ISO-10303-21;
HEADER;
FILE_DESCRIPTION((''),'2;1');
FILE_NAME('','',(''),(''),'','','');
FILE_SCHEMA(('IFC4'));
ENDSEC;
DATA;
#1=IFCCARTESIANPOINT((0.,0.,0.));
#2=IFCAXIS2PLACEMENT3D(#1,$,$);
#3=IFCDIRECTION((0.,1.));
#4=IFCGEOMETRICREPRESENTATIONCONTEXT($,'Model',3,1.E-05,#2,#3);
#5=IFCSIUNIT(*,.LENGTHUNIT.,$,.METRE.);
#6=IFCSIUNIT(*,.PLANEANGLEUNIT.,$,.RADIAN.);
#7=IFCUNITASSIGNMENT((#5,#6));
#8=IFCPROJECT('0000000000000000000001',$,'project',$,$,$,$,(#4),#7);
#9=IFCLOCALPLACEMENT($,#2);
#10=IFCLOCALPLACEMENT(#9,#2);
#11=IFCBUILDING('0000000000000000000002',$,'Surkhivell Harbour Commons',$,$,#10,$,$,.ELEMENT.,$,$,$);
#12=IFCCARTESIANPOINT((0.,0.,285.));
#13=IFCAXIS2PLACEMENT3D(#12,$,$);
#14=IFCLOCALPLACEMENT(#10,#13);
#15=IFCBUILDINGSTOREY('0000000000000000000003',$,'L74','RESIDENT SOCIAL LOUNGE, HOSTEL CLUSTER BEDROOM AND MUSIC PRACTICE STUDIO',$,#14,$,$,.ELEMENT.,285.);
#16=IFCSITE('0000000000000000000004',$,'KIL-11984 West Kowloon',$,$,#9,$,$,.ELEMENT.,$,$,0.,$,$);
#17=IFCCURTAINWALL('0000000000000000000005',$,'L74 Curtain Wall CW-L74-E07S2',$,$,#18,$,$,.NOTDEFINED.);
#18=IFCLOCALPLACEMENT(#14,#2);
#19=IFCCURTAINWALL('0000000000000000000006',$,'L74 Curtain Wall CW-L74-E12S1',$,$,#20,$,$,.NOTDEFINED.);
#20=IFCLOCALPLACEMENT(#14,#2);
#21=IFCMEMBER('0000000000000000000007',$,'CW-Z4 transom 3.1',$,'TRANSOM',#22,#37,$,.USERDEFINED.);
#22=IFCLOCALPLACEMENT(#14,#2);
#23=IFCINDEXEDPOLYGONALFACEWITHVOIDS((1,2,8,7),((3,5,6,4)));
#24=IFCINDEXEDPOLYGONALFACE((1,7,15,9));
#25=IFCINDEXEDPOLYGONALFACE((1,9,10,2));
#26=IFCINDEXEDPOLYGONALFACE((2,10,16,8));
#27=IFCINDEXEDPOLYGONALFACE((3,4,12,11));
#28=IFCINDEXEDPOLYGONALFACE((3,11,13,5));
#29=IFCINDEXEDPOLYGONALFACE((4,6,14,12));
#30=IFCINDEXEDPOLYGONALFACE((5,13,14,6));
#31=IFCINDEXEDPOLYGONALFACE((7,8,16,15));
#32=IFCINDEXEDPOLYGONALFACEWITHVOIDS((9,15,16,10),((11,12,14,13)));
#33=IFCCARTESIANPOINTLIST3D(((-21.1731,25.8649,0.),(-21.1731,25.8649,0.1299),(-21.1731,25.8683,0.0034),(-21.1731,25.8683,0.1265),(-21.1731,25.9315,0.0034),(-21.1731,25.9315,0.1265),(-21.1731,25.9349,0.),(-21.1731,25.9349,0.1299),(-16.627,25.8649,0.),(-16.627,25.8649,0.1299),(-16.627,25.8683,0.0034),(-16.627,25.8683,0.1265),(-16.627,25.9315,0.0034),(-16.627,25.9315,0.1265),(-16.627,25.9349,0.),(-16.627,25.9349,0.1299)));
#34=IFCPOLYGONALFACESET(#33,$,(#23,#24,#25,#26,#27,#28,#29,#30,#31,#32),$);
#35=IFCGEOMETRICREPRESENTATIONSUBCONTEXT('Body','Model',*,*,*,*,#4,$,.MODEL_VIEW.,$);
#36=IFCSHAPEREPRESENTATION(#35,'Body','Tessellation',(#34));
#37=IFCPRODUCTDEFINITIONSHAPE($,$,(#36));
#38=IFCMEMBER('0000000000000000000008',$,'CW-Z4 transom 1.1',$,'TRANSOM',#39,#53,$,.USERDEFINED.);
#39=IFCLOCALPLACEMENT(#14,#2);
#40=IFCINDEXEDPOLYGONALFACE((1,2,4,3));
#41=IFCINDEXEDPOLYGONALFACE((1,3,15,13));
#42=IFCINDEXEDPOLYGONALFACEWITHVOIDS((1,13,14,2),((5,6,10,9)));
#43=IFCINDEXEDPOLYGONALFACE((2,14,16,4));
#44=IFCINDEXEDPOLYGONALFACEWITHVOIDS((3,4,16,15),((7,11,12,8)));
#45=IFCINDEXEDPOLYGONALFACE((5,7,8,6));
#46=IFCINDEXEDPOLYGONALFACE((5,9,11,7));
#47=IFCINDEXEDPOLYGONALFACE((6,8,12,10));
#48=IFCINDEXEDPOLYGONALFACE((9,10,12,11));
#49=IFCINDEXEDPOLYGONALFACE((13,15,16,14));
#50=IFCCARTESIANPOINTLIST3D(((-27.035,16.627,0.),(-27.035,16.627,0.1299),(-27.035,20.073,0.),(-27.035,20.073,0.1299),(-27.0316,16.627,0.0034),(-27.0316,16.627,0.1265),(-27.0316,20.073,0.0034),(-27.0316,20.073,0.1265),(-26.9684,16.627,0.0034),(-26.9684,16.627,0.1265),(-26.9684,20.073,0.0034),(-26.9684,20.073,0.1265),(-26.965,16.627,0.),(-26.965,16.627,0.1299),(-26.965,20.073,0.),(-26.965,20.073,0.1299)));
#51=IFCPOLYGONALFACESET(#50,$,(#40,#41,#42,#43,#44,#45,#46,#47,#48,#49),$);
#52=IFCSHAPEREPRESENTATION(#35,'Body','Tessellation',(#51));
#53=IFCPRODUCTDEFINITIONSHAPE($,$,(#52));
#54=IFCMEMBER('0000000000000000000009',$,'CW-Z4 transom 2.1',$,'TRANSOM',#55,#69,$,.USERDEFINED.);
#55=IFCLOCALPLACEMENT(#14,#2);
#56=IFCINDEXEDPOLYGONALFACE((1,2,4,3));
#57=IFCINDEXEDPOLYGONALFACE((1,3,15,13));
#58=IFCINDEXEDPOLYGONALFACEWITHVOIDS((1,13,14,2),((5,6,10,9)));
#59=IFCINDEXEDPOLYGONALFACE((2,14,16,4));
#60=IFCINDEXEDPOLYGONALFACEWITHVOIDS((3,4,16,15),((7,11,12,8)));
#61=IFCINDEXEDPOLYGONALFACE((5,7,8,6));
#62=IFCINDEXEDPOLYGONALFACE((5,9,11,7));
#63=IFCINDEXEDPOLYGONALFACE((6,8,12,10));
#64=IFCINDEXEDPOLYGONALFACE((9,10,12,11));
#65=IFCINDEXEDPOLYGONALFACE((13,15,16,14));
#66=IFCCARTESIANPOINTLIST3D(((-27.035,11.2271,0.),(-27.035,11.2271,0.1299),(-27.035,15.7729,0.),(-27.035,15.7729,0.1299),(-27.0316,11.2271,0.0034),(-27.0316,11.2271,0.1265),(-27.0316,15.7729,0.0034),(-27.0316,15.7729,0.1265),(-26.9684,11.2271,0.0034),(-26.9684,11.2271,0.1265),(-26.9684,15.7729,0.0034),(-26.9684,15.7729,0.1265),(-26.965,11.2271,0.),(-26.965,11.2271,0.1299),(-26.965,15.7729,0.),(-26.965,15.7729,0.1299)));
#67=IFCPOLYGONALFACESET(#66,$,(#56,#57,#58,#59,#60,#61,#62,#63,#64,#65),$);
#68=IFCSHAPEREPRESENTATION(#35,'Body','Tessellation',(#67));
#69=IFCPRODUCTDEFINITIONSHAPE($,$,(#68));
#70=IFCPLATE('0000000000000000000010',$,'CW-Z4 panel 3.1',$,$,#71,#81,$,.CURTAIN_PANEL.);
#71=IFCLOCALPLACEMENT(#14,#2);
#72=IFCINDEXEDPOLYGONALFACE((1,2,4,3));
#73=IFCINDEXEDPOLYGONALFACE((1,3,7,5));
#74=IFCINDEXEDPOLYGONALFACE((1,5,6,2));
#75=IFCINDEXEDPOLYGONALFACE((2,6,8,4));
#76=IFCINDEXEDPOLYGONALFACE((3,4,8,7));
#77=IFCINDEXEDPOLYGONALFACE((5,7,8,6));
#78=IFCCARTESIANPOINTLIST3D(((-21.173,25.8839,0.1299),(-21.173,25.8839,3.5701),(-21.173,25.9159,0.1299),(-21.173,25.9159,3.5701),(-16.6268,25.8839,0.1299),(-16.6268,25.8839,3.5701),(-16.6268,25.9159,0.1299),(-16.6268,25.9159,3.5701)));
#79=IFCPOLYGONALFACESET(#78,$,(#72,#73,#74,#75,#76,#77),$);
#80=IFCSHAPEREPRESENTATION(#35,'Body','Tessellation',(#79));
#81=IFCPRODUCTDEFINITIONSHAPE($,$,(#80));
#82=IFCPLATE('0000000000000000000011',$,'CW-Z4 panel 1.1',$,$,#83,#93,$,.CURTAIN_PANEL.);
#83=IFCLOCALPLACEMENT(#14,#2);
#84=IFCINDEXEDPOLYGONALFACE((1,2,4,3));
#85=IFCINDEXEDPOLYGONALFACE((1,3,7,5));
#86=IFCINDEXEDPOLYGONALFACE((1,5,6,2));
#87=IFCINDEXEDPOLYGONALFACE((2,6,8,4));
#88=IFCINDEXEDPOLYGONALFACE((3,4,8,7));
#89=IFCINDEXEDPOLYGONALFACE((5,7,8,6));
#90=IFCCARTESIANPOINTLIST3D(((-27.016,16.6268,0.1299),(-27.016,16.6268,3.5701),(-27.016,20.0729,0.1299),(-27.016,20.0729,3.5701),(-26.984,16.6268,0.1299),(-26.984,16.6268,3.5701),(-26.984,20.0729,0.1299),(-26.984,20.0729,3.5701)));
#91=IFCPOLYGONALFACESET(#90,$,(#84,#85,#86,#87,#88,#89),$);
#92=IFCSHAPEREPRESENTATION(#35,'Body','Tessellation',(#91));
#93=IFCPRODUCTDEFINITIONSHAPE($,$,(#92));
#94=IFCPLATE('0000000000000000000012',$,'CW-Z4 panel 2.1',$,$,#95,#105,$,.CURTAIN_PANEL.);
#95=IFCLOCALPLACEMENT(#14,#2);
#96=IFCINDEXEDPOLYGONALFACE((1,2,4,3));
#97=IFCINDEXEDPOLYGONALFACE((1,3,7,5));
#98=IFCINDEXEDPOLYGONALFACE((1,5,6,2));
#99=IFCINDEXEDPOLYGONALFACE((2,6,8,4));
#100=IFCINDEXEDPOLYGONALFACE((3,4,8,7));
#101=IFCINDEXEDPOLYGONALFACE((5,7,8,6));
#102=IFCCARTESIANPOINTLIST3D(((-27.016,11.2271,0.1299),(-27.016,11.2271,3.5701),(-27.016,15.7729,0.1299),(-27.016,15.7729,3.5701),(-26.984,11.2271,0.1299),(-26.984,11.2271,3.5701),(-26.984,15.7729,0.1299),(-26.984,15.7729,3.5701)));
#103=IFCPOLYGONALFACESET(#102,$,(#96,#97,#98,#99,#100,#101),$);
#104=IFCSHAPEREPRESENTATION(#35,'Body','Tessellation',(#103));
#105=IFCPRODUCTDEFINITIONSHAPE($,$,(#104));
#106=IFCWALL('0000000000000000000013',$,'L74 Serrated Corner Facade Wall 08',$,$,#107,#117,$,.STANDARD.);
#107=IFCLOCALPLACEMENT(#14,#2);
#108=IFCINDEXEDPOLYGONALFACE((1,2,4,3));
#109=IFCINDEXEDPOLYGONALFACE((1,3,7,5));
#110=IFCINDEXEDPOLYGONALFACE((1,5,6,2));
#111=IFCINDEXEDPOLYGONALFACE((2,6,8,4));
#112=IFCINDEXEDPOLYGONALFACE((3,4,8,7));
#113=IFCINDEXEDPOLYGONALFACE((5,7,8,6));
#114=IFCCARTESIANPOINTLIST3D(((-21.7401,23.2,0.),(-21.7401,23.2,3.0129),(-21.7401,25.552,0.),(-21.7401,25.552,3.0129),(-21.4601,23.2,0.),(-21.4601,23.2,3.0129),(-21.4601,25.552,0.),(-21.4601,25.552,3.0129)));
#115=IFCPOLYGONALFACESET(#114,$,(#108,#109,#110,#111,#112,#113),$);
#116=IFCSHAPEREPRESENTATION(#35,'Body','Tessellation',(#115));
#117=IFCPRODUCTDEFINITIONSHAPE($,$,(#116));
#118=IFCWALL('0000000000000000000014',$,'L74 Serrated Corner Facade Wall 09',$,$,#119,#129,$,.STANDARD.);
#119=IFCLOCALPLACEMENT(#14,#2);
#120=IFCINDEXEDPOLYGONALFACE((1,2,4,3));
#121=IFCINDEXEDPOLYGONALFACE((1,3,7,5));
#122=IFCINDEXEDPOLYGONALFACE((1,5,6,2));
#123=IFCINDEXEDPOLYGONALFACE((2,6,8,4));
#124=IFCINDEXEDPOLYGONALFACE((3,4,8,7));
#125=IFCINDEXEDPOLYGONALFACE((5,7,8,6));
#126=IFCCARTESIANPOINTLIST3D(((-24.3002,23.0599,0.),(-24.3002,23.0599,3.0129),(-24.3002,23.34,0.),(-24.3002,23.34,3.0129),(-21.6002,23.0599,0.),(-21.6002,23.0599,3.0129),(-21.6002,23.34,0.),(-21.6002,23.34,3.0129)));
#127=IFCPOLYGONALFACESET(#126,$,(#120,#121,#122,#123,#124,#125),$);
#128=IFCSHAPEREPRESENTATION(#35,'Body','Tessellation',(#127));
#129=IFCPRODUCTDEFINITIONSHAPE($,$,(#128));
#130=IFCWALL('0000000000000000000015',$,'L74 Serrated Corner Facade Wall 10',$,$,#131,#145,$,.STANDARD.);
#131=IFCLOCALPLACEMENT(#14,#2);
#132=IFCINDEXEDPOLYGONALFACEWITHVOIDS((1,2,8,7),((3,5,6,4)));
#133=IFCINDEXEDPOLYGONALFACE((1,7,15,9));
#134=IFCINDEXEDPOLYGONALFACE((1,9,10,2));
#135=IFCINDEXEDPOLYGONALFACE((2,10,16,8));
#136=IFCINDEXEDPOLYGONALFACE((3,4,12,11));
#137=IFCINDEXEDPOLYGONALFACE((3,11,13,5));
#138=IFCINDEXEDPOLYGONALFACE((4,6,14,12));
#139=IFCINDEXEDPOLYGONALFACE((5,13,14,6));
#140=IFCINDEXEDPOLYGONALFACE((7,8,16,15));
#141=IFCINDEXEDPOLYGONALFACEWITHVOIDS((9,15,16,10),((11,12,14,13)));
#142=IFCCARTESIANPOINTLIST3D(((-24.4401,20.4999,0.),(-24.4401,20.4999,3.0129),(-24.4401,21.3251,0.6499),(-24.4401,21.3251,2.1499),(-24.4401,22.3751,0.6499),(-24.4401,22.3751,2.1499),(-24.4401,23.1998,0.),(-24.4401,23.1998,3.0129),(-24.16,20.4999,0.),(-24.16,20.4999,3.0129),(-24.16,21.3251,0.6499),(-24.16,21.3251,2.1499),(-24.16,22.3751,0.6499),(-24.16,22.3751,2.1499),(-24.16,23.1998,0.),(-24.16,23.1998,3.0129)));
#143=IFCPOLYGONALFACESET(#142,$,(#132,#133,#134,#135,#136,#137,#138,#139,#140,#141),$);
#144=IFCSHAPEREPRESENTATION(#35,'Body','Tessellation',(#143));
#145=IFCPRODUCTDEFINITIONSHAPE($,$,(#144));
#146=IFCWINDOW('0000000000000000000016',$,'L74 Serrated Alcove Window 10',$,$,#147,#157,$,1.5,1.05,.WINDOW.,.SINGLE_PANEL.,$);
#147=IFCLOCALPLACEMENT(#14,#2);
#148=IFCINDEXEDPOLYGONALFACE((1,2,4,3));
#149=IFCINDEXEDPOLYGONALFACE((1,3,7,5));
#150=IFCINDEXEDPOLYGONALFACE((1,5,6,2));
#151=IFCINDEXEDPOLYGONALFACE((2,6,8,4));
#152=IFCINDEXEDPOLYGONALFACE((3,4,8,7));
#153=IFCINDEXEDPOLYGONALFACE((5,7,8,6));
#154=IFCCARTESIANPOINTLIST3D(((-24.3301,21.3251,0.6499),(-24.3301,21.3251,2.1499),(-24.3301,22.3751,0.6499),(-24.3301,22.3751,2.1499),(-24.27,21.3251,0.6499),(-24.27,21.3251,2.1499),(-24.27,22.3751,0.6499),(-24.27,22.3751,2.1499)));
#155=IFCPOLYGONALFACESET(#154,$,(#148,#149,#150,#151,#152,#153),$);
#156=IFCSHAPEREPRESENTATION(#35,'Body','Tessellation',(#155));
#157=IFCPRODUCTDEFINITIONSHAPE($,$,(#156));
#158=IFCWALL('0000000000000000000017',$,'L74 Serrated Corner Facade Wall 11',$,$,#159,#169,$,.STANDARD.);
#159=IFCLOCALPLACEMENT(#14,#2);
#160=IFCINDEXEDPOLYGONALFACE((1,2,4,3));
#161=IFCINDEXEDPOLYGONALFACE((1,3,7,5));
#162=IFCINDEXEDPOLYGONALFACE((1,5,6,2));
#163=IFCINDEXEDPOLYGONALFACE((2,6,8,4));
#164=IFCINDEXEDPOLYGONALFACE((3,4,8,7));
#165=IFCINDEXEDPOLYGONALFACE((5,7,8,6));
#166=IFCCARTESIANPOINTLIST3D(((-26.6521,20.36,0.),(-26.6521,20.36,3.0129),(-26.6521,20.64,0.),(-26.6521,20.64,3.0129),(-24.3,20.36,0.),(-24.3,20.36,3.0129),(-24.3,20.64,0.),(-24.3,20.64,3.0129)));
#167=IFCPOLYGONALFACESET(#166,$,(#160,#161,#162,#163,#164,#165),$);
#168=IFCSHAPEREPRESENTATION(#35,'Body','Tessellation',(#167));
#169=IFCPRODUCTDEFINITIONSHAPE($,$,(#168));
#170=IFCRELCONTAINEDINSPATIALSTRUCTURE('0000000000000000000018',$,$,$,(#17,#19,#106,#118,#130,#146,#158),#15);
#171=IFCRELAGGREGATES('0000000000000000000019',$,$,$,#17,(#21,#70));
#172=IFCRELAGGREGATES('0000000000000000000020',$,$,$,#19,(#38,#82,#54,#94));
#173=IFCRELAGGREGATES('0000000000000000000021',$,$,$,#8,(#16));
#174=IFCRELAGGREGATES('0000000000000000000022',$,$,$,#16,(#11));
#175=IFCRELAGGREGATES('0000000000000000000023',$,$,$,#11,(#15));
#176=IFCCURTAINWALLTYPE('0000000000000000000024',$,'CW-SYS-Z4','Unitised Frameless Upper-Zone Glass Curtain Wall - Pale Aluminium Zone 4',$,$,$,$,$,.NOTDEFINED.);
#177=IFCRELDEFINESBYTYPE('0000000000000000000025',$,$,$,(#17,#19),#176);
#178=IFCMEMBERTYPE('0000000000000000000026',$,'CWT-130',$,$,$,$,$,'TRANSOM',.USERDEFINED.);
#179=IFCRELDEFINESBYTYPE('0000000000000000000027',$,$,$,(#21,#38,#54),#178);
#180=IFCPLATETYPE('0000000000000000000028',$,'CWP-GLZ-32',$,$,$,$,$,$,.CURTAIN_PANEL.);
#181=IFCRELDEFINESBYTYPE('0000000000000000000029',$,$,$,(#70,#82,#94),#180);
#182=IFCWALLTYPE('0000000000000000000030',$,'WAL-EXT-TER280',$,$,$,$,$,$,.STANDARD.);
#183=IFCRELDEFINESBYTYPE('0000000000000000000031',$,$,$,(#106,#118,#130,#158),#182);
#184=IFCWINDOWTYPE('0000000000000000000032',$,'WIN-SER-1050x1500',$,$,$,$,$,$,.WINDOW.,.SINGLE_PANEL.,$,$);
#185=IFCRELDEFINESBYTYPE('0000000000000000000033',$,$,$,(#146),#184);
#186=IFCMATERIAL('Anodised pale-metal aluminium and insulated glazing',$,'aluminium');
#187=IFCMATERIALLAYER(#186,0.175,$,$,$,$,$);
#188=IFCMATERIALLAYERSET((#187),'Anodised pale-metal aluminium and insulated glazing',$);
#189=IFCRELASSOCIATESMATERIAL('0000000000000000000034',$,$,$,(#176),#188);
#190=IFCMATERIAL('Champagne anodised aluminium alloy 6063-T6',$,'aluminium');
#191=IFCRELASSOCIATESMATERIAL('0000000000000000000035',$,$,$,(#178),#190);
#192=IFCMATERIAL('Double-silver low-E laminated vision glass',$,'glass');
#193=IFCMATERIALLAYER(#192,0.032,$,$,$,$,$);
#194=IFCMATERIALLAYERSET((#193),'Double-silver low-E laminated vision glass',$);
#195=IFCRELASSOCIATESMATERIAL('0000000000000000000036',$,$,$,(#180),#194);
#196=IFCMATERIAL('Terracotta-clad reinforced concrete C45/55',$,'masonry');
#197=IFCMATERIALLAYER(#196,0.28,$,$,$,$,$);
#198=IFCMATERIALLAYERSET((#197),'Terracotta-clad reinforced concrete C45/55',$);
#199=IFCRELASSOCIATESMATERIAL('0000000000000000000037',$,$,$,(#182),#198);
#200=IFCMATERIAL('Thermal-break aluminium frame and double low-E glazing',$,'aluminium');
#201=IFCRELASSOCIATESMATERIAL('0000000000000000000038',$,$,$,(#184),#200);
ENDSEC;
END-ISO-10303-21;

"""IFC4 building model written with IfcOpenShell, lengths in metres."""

from ifc_helpers import new_model, si_unit, direction, frame, frame_2d, origin, origin_2d, place, context, subcontext, project, spatial, rectangle, hollow_rectangle, extrude, material, layer, layer_set, material_profile, profile_set, type_object, element, fill, aggregate, save


model = new_model("IFC4")

# Units and contexts
model_context = context("Model", 3, precision=1e-05, world=origin(), true_north=direction((0.0, 1.0)))
body_context = subcontext(model_context, "Body", "Model", "MODEL_VIEW")
ifc_project = project(units=[si_unit("LENGTHUNIT", "METRE"), si_unit("PLANEANGLEUNIT", "RADIAN")], contexts=[model_context])

# Site, building, storey
site_placement = place(None, origin())
site = spatial("IfcSite", under=ifc_project, at=site_placement, Name="KIL-11984 West Kowloon", CompositionType="ELEMENT", RefElevation=0.0)
building_placement = place(site_placement, origin())
building = spatial("IfcBuilding", under=site, at=building_placement, Name="Surkhivell Harbour Commons", CompositionType="ELEMENT")
storey_placement = place(building_placement, frame((0.0, 0.0, 285.0)))
storey = spatial("IfcBuildingStorey", under=building, at=storey_placement, Name="L74", Description="RESIDENT SOCIAL LOUNGE, HOSTEL CLUSTER BEDROOM AND MUSIC PRACTICE STUDIO", CompositionType="ELEMENT", Elevation=285.0)

# Curtain wall
ifc_material_1 = material(Name="Anodised pale-metal aluminium and insulated glazing", Category="aluminium")
ifc_layer_1 = layer(ifc_material_1, 0.175)
ifc_layer_set_1 = layer_set([ifc_layer_1], Name="Anodised pale-metal aluminium and insulated glazing")
curtain_wall_type = type_object("IfcCurtainWallType", Name="CW-SYS-Z4", Description="Unitised Frameless Upper-Zone Glass Curtain Wall - Pale Aluminium Zone 4", PredefinedType="NOTDEFINED", material=ifc_layer_set_1)
curtain_wall_1_placement = place(storey_placement, origin())
curtain_wall_1 = element("IfcCurtainWall", 1, at=curtain_wall_1_placement, inside=storey, type_object=curtain_wall_type, Name="L74 Curtain Wall CW-L74-E07S2", PredefinedType="NOTDEFINED")

# Curtain wall
curtain_wall_2_placement = place(storey_placement, origin())
curtain_wall_2 = element("IfcCurtainWall", 2, at=curtain_wall_2_placement, inside=storey, type_object=curtain_wall_type, Name="L74 Curtain Wall CW-L74-E12S1", PredefinedType="NOTDEFINED")

# Members
ifc_material_2 = material(Name="Champagne anodised aluminium alloy 6063-T6", Category="aluminium")
ifc_material_profile_1 = material_profile(ifc_material_2, hollow_rectangle(XDim=0.0701, YDim=0.1299, WallThickness=0.0034, at=origin_2d()), Name="ALU-TRAN-70x130")
ifc_profile_set_1 = profile_set([ifc_material_profile_1], Name="Champagne anodised aluminium alloy 6063-T6")
member_type_1 = type_object("IfcMemberType", Name="CWT-130", ElementType="TRANSOM", PredefinedType="USERDEFINED", material=ifc_profile_set_1)
member_1_placement = place(storey_placement, frame((-16.627, 25.8999, 0.0649), z_axis=(-1.0, 0.0, 0.0), x_axis=(0.0, -1.0, 0.0)))
member_1 = element("IfcMember", 3, at=member_1_placement, type_object=member_type_1, Name="CW-Z4 transom 3.1", ObjectType="TRANSOM", PredefinedType="USERDEFINED", context=body_context, shape_type="SweptSolid", body=[
    extrude(hollow_rectangle(XDim=0.0701, YDim=0.1299, WallThickness=0.0034, at=origin_2d()), origin(), (0.0, 0.0, 1.0), 4.5461),
])
member_2_placement = place(storey_placement, frame((-27.0, 20.073, 0.0649), z_axis=(0.0, -1.0, 0.0), x_axis=(1.0, 0.0, 0.0)))
member_2 = element("IfcMember", 4, at=member_2_placement, type_object=member_type_1, Name="CW-Z4 transom 1.1", ObjectType="TRANSOM", PredefinedType="USERDEFINED", context=body_context, shape_type="SweptSolid", body=[
    extrude(hollow_rectangle(XDim=0.0701, YDim=0.1299, WallThickness=0.0034, at=origin_2d()), origin(), (0.0, 0.0, 1.0), 3.446),
])
member_3_placement = place(storey_placement, frame((-27.0, 15.7729, 0.0649), z_axis=(0.0, -1.0, 0.0), x_axis=(1.0, 0.0, 0.0)))
member_3 = element("IfcMember", 5, at=member_3_placement, type_object=member_type_1, Name="CW-Z4 transom 2.1", ObjectType="TRANSOM", PredefinedType="USERDEFINED", context=body_context, shape_type="SweptSolid", body=[
    extrude(hollow_rectangle(XDim=0.0701, YDim=0.1299, WallThickness=0.0034, at=origin_2d()), origin(), (0.0, 0.0, 1.0), 4.5459),
])

# Plates
ifc_material_3 = material(Name="Double-silver low-E laminated vision glass", Category="glass")
ifc_layer_2 = layer(ifc_material_3, 0.032)
ifc_layer_set_2 = layer_set([ifc_layer_2], Name="Double-silver low-E laminated vision glass")
plate_type = type_object("IfcPlateType", Name="CWP-GLZ-32", PredefinedType="CURTAIN_PANEL", material=ifc_layer_set_2)
plate_1_placement = place(storey_placement, frame((-16.627, 25.8999, 0.1299), z_axis=(0.0, 0.0, 1.0), x_axis=(-1.0, 0.0, 0.0)))
plate_1 = element("IfcPlate", 6, at=plate_1_placement, type_object=plate_type, Name="CW-Z4 panel 3.1", PredefinedType="CURTAIN_PANEL", context=body_context, shape_type="SweptSolid", body=[
    extrude(rectangle(XDim=4.5461, YDim=0.032, at=frame_2d((2.2729, 0.0))), origin(), (0.0, 0.0, 1.0), 3.4402),
])
aggregate(curtain_wall_1, [member_1, plate_1])
plate_2_placement = place(storey_placement, frame((-27.0, 20.073, 0.1299), z_axis=(0.0, 0.0, 1.0), x_axis=(0.0, -1.0, 0.0)))
plate_2 = element("IfcPlate", 7, at=plate_2_placement, type_object=plate_type, Name="CW-Z4 panel 1.1", PredefinedType="CURTAIN_PANEL", context=body_context, shape_type="SweptSolid", body=[
    extrude(rectangle(XDim=3.446, YDim=0.032, at=frame_2d((1.7231, 0.0))), origin(), (0.0, 0.0, 1.0), 3.4402),
])
plate_3_placement = place(storey_placement, frame((-27.0, 15.7729, 0.1299), z_axis=(0.0, 0.0, 1.0), x_axis=(0.0, -1.0, 0.0)))
plate_3 = element("IfcPlate", 8, at=plate_3_placement, type_object=plate_type, Name="CW-Z4 panel 2.1", PredefinedType="CURTAIN_PANEL", context=body_context, shape_type="SweptSolid", body=[
    extrude(rectangle(XDim=4.5459, YDim=0.032, at=frame_2d((2.2729, 0.0))), origin(), (0.0, 0.0, 1.0), 3.4402),
])
aggregate(curtain_wall_2, [member_2, plate_2, member_3, plate_3])

# Walls
ifc_material_4 = material(Name="Terracotta-clad reinforced concrete C45/55", Category="masonry")
ifc_layer_3 = layer(ifc_material_4, 0.28)
ifc_layer_set_3 = layer_set([ifc_layer_3], Name="Terracotta-clad reinforced concrete C45/55")
wall_type = type_object("IfcWallType", Name="WAL-EXT-TER280", PredefinedType="STANDARD", material=ifc_layer_set_3)
wall_1_placement = place(storey_placement, frame((-21.6001, 25.552, 0.0), z_axis=(0.0, 0.0, 1.0), x_axis=(0.0, -1.0, 0.0)))
element("IfcWall", 9, at=wall_1_placement, inside=storey, type_object=wall_type, Name="L74 Serrated Corner Facade Wall 08", PredefinedType="STANDARD", context=body_context, shape_type="SweptSolid", body=[
    extrude(rectangle(XDim=2.3521, YDim=0.28, at=frame_2d((1.176, 0.0))), origin(), (0.0, 0.0, 1.0), 3.0129),
])
wall_2_placement = place(storey_placement, frame((-21.6001, 23.2, 0.0), z_axis=(0.0, 0.0, 1.0), x_axis=(-1.0, 0.0, 0.0)))
element("IfcWall", 10, at=wall_2_placement, inside=storey, type_object=wall_type, Name="L74 Serrated Corner Facade Wall 09", PredefinedType="STANDARD", context=body_context, shape_type="SweptSolid", body=[
    extrude(rectangle(XDim=2.7, YDim=0.28, at=frame_2d((1.3501, 0.0))), origin(), (0.0, 0.0, 1.0), 3.0129),
])

# Wall, opening, window
wall_3_placement = place(storey_placement, frame((-24.3, 23.2, 0.0), z_axis=(0.0, 0.0, 1.0), x_axis=(0.0, -1.0, 0.0)))
wall_3 = element("IfcWall", 11, at=wall_3_placement, inside=storey, type_object=wall_type, Name="L74 Serrated Corner Facade Wall 10", PredefinedType="STANDARD", context=body_context, shape_type="SweptSolid", body=[
    extrude(rectangle(XDim=2.7, YDim=0.28, at=frame_2d((1.3501, 0.0))), origin(), (0.0, 0.0, 1.0), 3.0129),
])
opening_placement = place(wall_3_placement, frame((0.825, 0.0, 0.6499)))
opening = element("IfcOpeningElement", 12, at=opening_placement, cuts=wall_3, PredefinedType="OPENING", context=body_context, shape_type="SweptSolid", body=[
    extrude(rectangle(XDim=1.05, YDim=1.5, at=frame_2d((0.5249, 0.75))), frame((0.0, 0.1499, 0.0), z_axis=(0.0, -1.0, 0.0), x_axis=(1.0, 0.0, 0.0)), (0.0, 0.0, 1.0), 0.3),
])
ifc_material_5 = material(Name="Thermal-break aluminium frame and double low-E glazing", Category="aluminium")
window_type = type_object("IfcWindowType", Name="WIN-SER-1050x1500", PartitioningType="SINGLE_PANEL", PredefinedType="WINDOW", material=ifc_material_5)
window_placement = place(opening_placement, origin())
window = element("IfcWindow", 13, at=window_placement, inside=storey, type_object=window_type, Name="L74 Serrated Alcove Window 10", OverallHeight=1.5, OverallWidth=1.05, PartitioningType="SINGLE_PANEL", PredefinedType="WINDOW", context=body_context, shape_type="SweptSolid", body=[
    extrude(rectangle(XDim=1.05, YDim=1.5, at=frame_2d((0.5249, 0.75))), frame((0.0, 0.03, 0.0), z_axis=(0.0, -1.0, 0.0), x_axis=(1.0, 0.0, 0.0)), (0.0, 0.0, 1.0), 0.0601),
])
fill(opening, window)

# Wall
wall_4_placement = place(storey_placement, frame((-24.3, 20.5, 0.0), z_axis=(0.0, 0.0, 1.0), x_axis=(-1.0, 0.0, 0.0)))
element("IfcWall", 14, at=wall_4_placement, inside=storey, type_object=wall_type, Name="L74 Serrated Corner Facade Wall 11", PredefinedType="STANDARD", context=body_context, shape_type="SweptSolid", body=[
    extrude(rectangle(XDim=2.3521, YDim=0.28, at=frame_2d((1.176, 0.0))), origin(), (0.0, 0.0, 1.0), 3.0129),
])

save(model, "model.ifc")
